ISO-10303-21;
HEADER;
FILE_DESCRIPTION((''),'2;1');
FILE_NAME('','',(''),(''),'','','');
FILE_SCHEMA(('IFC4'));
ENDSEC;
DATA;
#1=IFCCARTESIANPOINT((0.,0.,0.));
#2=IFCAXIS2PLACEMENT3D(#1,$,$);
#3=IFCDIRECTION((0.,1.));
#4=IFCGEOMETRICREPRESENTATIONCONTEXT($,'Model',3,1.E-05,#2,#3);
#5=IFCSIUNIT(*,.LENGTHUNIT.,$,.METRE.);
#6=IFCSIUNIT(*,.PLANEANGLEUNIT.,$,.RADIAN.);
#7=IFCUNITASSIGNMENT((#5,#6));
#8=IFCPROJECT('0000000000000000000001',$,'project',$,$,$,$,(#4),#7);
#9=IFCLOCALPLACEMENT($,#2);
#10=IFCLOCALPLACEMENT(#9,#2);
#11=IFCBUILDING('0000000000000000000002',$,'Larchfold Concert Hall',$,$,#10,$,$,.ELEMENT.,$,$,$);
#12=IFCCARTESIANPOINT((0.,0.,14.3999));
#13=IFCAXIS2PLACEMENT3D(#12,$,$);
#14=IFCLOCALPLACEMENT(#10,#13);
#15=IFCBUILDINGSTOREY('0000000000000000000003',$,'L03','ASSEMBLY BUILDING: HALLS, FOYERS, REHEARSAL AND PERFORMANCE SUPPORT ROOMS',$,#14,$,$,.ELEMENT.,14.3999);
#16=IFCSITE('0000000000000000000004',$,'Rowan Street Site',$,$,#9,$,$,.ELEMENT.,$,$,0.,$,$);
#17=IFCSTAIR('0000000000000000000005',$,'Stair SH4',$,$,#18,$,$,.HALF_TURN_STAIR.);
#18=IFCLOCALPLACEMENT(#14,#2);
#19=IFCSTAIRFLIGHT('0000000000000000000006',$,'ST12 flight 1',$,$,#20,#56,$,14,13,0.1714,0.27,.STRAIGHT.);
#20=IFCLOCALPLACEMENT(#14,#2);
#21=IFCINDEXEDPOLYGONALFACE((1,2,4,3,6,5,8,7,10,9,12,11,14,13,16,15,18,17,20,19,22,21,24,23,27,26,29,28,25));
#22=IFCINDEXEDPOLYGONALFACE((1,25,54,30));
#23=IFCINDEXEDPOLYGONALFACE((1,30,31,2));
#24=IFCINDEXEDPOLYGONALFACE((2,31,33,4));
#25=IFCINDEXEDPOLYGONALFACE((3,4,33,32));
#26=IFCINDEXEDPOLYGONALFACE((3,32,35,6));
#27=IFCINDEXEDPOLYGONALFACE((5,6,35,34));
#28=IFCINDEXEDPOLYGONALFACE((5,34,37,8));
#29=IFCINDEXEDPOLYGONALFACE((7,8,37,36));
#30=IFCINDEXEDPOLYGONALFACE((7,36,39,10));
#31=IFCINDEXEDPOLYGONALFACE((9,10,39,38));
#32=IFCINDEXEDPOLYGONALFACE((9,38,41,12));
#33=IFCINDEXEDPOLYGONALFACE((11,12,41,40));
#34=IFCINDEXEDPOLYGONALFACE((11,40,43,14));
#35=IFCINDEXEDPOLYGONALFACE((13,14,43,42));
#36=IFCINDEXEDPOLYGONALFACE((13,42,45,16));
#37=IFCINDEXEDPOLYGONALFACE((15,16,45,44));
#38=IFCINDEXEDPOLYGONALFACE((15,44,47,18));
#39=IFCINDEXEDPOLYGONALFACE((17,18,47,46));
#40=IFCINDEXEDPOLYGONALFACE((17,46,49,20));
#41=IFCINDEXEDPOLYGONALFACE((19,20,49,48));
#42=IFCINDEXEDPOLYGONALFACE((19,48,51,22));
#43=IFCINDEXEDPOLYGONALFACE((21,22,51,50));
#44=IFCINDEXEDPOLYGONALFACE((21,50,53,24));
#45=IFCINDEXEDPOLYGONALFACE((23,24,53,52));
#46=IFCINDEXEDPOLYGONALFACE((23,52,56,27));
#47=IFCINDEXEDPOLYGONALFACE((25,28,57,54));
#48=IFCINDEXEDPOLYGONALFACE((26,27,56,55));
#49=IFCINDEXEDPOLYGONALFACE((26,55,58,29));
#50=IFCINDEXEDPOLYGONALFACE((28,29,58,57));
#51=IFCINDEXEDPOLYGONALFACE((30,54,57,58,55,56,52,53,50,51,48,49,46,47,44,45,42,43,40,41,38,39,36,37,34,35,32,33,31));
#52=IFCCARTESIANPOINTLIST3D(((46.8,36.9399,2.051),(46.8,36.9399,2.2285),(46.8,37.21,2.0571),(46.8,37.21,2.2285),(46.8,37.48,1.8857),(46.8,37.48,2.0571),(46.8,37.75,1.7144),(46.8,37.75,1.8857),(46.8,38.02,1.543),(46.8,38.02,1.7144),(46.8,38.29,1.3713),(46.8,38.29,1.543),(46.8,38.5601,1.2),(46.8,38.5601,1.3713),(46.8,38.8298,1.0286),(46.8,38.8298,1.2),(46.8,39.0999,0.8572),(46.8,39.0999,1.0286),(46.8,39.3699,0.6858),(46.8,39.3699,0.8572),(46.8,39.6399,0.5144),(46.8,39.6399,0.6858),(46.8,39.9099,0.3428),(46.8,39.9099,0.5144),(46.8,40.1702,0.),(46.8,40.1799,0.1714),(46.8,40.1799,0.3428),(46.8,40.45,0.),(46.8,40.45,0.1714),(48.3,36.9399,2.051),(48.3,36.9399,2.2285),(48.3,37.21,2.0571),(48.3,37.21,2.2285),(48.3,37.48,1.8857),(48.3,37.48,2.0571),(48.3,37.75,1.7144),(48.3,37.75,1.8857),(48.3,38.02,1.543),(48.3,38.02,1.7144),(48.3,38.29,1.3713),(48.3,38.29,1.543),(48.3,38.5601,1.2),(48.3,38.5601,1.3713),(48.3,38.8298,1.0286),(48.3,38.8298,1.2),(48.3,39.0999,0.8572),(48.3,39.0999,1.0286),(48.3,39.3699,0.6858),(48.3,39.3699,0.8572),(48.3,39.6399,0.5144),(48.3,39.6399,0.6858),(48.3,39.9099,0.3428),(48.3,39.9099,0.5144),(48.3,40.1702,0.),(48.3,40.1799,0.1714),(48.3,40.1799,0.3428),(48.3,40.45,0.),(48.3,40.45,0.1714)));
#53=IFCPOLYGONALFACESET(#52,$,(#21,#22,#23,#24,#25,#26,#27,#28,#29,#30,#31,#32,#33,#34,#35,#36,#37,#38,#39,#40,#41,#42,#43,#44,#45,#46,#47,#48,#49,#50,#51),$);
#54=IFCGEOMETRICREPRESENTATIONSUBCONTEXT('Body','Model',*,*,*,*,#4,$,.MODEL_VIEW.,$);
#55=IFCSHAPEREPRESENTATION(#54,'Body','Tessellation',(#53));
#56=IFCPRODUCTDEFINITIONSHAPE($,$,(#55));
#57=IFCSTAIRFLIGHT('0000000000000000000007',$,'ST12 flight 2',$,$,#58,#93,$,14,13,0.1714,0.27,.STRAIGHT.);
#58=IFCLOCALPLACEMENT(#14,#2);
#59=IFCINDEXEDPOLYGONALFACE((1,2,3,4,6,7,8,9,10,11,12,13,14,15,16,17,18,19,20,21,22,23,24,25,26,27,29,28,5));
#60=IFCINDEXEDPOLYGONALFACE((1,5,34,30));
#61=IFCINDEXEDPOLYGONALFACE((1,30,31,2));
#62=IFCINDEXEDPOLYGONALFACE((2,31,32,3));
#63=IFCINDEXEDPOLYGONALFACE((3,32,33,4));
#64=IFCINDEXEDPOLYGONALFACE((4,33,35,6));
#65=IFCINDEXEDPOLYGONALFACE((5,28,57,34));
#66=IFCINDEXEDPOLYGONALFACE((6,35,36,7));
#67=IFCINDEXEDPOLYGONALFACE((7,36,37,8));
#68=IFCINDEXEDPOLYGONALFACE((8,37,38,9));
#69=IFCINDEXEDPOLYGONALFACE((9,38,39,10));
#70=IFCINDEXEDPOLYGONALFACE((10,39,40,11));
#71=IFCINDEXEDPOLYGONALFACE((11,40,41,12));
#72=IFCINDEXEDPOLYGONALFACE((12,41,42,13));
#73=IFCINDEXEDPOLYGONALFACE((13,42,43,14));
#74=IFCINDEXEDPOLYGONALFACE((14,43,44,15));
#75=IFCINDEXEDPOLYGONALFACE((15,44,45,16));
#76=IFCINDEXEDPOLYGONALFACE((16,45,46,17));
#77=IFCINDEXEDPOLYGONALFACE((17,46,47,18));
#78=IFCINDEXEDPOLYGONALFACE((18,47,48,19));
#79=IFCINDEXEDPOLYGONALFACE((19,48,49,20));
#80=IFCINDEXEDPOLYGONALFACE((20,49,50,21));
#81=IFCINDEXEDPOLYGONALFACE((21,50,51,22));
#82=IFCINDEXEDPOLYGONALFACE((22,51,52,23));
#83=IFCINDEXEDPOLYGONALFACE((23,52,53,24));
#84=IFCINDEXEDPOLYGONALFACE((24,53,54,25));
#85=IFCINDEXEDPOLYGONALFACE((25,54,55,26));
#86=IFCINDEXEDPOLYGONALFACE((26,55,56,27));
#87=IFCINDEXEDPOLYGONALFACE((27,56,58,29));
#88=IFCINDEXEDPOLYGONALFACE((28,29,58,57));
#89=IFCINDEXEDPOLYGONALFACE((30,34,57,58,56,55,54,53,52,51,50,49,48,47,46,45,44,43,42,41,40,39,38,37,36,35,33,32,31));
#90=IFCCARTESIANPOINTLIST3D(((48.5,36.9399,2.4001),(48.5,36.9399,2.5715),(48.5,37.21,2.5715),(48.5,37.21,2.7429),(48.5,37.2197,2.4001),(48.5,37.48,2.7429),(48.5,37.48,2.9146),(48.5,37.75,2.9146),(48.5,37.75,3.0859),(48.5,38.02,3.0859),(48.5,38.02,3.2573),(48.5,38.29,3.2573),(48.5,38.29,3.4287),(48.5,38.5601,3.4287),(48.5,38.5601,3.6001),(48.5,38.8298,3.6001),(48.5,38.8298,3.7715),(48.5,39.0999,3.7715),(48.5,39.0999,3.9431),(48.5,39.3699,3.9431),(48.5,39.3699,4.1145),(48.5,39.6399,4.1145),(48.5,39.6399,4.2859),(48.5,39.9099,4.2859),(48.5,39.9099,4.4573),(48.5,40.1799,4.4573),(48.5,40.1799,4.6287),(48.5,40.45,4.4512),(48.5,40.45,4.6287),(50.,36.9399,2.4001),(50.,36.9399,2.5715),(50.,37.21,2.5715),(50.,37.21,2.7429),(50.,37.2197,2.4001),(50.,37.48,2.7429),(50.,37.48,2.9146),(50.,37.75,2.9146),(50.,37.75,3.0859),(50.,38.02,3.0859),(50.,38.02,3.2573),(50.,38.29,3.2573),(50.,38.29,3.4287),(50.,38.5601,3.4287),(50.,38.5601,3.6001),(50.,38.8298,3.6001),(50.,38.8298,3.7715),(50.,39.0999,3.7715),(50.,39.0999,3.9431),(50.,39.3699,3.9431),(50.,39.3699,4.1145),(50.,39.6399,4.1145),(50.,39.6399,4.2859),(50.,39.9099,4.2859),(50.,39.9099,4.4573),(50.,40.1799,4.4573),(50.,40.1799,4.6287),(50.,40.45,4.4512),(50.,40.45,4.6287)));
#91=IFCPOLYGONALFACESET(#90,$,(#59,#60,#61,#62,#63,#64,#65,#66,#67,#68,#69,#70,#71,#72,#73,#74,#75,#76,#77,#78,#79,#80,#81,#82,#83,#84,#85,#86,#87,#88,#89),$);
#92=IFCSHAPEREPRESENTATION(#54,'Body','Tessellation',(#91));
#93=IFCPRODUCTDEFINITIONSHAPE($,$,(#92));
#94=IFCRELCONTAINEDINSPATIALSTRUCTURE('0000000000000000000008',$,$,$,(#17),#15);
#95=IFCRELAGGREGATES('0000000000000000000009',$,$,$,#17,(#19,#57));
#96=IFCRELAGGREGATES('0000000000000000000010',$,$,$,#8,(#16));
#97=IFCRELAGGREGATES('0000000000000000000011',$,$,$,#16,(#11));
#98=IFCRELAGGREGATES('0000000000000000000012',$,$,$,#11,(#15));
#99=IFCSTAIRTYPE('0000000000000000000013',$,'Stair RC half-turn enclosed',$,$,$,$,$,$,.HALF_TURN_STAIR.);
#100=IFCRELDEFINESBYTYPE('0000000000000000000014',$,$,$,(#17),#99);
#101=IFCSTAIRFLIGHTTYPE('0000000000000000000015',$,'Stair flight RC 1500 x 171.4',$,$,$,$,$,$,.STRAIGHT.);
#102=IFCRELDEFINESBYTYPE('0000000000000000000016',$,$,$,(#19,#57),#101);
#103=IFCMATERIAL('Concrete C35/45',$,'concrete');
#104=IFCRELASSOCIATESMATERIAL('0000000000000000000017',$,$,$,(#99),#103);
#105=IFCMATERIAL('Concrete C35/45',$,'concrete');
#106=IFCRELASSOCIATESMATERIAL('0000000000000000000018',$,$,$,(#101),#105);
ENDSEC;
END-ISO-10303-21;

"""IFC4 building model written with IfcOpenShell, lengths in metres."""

from ifc_helpers import new_model, si_unit, direction, frame, origin, place, context, subcontext, project, spatial, polyline, outline, extrude, material, type_object, element, aggregate, save


model = new_model("IFC4")

# Units and contexts
model_context = context("Model", 3, precision=1e-05, world=origin(), true_north=direction((0.0, 1.0)))
body_context = subcontext(model_context, "Body", "Model", "MODEL_VIEW")
ifc_project = project(units=[si_unit("LENGTHUNIT", "METRE"), si_unit("PLANEANGLEUNIT", "RADIAN")], contexts=[model_context])

# Site, building, storey
site_placement = place(None, origin())
site = spatial("IfcSite", under=ifc_project, at=site_placement, Name="Rowan Street Site", CompositionType="ELEMENT", RefElevation=0.0)
building_placement = place(site_placement, origin())
building = spatial("IfcBuilding", under=site, at=building_placement, Name="Larchfold Concert Hall", CompositionType="ELEMENT")
storey_placement = place(building_placement, frame((0.0, 0.0, 14.3999)))
storey = spatial("IfcBuildingStorey", under=building, at=storey_placement, Name="L03", Description="ASSEMBLY BUILDING: HALLS, FOYERS, REHEARSAL AND PERFORMANCE SUPPORT ROOMS", CompositionType="ELEMENT", Elevation=14.3999)

# Stair, stair flights
ifc_material_1 = material(Name="Concrete C35/45", Category="concrete")
stair_type = type_object("IfcStairType", Name="Stair RC half-turn enclosed", PredefinedType="HALF_TURN_STAIR", material=ifc_material_1)
stair_placement = place(storey_placement, origin())
stair = element("IfcStair", 1, at=stair_placement, inside=storey, type_object=stair_type, Name="Stair SH4", PredefinedType="HALF_TURN_STAIR")
ifc_material_2 = material(Name="Concrete C35/45", Category="concrete")
stair_flight_type = type_object("IfcStairFlightType", Name="Stair flight RC 1500 x 171.4", PredefinedType="STRAIGHT", material=ifc_material_2)
stair_flight_1_placement = place(storey_placement, frame((47.55, 40.45, 0.0), z_axis=(0.0, 0.0, 1.0), x_axis=(0.0, -1.0, 0.0)))
stair_flight_1 = element("IfcStairFlight", 2, at=stair_flight_1_placement, type_object=stair_flight_type, Name="ST12 flight 1", NumberOfRisers=14, NumberOfTreads=13, PredefinedType="STRAIGHT", RiserHeight=0.1714, TreadLength=0.27, context=body_context, shape_type="SweptSolid", body=[
    extrude(outline(polyline([(0.0, 0.0), (0.0, 0.1714), (0.27, 0.1714), (0.27, 0.3428), (0.54, 0.3428), (0.54, 0.5144), (0.8101, 0.5144), (0.8101, 0.6858), (1.0801, 0.6858), (1.0801, 0.8572), (1.3501, 0.8572), (1.3501, 1.0286), (1.6201, 1.0286), (1.6201, 1.2), (1.8899, 1.2), (1.8899, 1.3713), (2.1599, 1.3713), (2.1599, 1.543), (2.4299, 1.543), (2.4299, 1.7144), (2.7, 1.7144), (2.7, 1.8857), (2.97, 1.8857), (2.97, 2.0571), (3.24, 2.0571), (3.24, 2.2285), (3.51, 2.2285), (3.51, 2.3999), (3.51, 2.051), (0.2798, 0.0), (0.0, 0.0)])), frame((0.0, 0.75, 0.0), z_axis=(0.0, -1.0, 0.0), x_axis=(1.0, 0.0, 0.0)), (0.0, 0.0, 1.0), 1.5),
])
stair_flight_2_placement = place(storey_placement, frame((49.25, 36.9399, 2.4001), z_axis=(0.0, 0.0, 1.0), x_axis=(0.0, 1.0, 0.0)))
stair_flight_2 = element("IfcStairFlight", 3, at=stair_flight_2_placement, type_object=stair_flight_type, Name="ST12 flight 2", NumberOfRisers=14, NumberOfTreads=13, PredefinedType="STRAIGHT", RiserHeight=0.1714, TreadLength=0.27, context=body_context, shape_type="SweptSolid", body=[
    extrude(outline(polyline([(0.0, 0.0), (0.0, 0.1714), (0.27, 0.1714), (0.27, 0.3428), (0.54, 0.3428), (0.54, 0.5144), (0.8101, 0.5144), (0.8101, 0.6858), (1.0801, 0.6858), (1.0801, 0.8572), (1.3501, 0.8572), (1.3501, 1.0286), (1.6201, 1.0286), (1.6201, 1.2), (1.8899, 1.2), (1.8899, 1.3713), (2.1599, 1.3713), (2.1599, 1.543), (2.4299, 1.543), (2.4299, 1.7144), (2.7, 1.7144), (2.7, 1.8857), (2.97, 1.8857), (2.97, 2.0571), (3.24, 2.0571), (3.24, 2.2285), (3.51, 2.2285), (3.51, 2.3999), (3.51, 2.051), (0.2798, 0.0), (0.0, 0.0)])), frame((0.0, 0.75, 0.0), z_axis=(0.0, -1.0, 0.0), x_axis=(1.0, 0.0, 0.0)), (0.0, 0.0, 1.0), 1.5),
])
aggregate(stair, [stair_flight_1, stair_flight_2])

save(model, "model.ifc")
